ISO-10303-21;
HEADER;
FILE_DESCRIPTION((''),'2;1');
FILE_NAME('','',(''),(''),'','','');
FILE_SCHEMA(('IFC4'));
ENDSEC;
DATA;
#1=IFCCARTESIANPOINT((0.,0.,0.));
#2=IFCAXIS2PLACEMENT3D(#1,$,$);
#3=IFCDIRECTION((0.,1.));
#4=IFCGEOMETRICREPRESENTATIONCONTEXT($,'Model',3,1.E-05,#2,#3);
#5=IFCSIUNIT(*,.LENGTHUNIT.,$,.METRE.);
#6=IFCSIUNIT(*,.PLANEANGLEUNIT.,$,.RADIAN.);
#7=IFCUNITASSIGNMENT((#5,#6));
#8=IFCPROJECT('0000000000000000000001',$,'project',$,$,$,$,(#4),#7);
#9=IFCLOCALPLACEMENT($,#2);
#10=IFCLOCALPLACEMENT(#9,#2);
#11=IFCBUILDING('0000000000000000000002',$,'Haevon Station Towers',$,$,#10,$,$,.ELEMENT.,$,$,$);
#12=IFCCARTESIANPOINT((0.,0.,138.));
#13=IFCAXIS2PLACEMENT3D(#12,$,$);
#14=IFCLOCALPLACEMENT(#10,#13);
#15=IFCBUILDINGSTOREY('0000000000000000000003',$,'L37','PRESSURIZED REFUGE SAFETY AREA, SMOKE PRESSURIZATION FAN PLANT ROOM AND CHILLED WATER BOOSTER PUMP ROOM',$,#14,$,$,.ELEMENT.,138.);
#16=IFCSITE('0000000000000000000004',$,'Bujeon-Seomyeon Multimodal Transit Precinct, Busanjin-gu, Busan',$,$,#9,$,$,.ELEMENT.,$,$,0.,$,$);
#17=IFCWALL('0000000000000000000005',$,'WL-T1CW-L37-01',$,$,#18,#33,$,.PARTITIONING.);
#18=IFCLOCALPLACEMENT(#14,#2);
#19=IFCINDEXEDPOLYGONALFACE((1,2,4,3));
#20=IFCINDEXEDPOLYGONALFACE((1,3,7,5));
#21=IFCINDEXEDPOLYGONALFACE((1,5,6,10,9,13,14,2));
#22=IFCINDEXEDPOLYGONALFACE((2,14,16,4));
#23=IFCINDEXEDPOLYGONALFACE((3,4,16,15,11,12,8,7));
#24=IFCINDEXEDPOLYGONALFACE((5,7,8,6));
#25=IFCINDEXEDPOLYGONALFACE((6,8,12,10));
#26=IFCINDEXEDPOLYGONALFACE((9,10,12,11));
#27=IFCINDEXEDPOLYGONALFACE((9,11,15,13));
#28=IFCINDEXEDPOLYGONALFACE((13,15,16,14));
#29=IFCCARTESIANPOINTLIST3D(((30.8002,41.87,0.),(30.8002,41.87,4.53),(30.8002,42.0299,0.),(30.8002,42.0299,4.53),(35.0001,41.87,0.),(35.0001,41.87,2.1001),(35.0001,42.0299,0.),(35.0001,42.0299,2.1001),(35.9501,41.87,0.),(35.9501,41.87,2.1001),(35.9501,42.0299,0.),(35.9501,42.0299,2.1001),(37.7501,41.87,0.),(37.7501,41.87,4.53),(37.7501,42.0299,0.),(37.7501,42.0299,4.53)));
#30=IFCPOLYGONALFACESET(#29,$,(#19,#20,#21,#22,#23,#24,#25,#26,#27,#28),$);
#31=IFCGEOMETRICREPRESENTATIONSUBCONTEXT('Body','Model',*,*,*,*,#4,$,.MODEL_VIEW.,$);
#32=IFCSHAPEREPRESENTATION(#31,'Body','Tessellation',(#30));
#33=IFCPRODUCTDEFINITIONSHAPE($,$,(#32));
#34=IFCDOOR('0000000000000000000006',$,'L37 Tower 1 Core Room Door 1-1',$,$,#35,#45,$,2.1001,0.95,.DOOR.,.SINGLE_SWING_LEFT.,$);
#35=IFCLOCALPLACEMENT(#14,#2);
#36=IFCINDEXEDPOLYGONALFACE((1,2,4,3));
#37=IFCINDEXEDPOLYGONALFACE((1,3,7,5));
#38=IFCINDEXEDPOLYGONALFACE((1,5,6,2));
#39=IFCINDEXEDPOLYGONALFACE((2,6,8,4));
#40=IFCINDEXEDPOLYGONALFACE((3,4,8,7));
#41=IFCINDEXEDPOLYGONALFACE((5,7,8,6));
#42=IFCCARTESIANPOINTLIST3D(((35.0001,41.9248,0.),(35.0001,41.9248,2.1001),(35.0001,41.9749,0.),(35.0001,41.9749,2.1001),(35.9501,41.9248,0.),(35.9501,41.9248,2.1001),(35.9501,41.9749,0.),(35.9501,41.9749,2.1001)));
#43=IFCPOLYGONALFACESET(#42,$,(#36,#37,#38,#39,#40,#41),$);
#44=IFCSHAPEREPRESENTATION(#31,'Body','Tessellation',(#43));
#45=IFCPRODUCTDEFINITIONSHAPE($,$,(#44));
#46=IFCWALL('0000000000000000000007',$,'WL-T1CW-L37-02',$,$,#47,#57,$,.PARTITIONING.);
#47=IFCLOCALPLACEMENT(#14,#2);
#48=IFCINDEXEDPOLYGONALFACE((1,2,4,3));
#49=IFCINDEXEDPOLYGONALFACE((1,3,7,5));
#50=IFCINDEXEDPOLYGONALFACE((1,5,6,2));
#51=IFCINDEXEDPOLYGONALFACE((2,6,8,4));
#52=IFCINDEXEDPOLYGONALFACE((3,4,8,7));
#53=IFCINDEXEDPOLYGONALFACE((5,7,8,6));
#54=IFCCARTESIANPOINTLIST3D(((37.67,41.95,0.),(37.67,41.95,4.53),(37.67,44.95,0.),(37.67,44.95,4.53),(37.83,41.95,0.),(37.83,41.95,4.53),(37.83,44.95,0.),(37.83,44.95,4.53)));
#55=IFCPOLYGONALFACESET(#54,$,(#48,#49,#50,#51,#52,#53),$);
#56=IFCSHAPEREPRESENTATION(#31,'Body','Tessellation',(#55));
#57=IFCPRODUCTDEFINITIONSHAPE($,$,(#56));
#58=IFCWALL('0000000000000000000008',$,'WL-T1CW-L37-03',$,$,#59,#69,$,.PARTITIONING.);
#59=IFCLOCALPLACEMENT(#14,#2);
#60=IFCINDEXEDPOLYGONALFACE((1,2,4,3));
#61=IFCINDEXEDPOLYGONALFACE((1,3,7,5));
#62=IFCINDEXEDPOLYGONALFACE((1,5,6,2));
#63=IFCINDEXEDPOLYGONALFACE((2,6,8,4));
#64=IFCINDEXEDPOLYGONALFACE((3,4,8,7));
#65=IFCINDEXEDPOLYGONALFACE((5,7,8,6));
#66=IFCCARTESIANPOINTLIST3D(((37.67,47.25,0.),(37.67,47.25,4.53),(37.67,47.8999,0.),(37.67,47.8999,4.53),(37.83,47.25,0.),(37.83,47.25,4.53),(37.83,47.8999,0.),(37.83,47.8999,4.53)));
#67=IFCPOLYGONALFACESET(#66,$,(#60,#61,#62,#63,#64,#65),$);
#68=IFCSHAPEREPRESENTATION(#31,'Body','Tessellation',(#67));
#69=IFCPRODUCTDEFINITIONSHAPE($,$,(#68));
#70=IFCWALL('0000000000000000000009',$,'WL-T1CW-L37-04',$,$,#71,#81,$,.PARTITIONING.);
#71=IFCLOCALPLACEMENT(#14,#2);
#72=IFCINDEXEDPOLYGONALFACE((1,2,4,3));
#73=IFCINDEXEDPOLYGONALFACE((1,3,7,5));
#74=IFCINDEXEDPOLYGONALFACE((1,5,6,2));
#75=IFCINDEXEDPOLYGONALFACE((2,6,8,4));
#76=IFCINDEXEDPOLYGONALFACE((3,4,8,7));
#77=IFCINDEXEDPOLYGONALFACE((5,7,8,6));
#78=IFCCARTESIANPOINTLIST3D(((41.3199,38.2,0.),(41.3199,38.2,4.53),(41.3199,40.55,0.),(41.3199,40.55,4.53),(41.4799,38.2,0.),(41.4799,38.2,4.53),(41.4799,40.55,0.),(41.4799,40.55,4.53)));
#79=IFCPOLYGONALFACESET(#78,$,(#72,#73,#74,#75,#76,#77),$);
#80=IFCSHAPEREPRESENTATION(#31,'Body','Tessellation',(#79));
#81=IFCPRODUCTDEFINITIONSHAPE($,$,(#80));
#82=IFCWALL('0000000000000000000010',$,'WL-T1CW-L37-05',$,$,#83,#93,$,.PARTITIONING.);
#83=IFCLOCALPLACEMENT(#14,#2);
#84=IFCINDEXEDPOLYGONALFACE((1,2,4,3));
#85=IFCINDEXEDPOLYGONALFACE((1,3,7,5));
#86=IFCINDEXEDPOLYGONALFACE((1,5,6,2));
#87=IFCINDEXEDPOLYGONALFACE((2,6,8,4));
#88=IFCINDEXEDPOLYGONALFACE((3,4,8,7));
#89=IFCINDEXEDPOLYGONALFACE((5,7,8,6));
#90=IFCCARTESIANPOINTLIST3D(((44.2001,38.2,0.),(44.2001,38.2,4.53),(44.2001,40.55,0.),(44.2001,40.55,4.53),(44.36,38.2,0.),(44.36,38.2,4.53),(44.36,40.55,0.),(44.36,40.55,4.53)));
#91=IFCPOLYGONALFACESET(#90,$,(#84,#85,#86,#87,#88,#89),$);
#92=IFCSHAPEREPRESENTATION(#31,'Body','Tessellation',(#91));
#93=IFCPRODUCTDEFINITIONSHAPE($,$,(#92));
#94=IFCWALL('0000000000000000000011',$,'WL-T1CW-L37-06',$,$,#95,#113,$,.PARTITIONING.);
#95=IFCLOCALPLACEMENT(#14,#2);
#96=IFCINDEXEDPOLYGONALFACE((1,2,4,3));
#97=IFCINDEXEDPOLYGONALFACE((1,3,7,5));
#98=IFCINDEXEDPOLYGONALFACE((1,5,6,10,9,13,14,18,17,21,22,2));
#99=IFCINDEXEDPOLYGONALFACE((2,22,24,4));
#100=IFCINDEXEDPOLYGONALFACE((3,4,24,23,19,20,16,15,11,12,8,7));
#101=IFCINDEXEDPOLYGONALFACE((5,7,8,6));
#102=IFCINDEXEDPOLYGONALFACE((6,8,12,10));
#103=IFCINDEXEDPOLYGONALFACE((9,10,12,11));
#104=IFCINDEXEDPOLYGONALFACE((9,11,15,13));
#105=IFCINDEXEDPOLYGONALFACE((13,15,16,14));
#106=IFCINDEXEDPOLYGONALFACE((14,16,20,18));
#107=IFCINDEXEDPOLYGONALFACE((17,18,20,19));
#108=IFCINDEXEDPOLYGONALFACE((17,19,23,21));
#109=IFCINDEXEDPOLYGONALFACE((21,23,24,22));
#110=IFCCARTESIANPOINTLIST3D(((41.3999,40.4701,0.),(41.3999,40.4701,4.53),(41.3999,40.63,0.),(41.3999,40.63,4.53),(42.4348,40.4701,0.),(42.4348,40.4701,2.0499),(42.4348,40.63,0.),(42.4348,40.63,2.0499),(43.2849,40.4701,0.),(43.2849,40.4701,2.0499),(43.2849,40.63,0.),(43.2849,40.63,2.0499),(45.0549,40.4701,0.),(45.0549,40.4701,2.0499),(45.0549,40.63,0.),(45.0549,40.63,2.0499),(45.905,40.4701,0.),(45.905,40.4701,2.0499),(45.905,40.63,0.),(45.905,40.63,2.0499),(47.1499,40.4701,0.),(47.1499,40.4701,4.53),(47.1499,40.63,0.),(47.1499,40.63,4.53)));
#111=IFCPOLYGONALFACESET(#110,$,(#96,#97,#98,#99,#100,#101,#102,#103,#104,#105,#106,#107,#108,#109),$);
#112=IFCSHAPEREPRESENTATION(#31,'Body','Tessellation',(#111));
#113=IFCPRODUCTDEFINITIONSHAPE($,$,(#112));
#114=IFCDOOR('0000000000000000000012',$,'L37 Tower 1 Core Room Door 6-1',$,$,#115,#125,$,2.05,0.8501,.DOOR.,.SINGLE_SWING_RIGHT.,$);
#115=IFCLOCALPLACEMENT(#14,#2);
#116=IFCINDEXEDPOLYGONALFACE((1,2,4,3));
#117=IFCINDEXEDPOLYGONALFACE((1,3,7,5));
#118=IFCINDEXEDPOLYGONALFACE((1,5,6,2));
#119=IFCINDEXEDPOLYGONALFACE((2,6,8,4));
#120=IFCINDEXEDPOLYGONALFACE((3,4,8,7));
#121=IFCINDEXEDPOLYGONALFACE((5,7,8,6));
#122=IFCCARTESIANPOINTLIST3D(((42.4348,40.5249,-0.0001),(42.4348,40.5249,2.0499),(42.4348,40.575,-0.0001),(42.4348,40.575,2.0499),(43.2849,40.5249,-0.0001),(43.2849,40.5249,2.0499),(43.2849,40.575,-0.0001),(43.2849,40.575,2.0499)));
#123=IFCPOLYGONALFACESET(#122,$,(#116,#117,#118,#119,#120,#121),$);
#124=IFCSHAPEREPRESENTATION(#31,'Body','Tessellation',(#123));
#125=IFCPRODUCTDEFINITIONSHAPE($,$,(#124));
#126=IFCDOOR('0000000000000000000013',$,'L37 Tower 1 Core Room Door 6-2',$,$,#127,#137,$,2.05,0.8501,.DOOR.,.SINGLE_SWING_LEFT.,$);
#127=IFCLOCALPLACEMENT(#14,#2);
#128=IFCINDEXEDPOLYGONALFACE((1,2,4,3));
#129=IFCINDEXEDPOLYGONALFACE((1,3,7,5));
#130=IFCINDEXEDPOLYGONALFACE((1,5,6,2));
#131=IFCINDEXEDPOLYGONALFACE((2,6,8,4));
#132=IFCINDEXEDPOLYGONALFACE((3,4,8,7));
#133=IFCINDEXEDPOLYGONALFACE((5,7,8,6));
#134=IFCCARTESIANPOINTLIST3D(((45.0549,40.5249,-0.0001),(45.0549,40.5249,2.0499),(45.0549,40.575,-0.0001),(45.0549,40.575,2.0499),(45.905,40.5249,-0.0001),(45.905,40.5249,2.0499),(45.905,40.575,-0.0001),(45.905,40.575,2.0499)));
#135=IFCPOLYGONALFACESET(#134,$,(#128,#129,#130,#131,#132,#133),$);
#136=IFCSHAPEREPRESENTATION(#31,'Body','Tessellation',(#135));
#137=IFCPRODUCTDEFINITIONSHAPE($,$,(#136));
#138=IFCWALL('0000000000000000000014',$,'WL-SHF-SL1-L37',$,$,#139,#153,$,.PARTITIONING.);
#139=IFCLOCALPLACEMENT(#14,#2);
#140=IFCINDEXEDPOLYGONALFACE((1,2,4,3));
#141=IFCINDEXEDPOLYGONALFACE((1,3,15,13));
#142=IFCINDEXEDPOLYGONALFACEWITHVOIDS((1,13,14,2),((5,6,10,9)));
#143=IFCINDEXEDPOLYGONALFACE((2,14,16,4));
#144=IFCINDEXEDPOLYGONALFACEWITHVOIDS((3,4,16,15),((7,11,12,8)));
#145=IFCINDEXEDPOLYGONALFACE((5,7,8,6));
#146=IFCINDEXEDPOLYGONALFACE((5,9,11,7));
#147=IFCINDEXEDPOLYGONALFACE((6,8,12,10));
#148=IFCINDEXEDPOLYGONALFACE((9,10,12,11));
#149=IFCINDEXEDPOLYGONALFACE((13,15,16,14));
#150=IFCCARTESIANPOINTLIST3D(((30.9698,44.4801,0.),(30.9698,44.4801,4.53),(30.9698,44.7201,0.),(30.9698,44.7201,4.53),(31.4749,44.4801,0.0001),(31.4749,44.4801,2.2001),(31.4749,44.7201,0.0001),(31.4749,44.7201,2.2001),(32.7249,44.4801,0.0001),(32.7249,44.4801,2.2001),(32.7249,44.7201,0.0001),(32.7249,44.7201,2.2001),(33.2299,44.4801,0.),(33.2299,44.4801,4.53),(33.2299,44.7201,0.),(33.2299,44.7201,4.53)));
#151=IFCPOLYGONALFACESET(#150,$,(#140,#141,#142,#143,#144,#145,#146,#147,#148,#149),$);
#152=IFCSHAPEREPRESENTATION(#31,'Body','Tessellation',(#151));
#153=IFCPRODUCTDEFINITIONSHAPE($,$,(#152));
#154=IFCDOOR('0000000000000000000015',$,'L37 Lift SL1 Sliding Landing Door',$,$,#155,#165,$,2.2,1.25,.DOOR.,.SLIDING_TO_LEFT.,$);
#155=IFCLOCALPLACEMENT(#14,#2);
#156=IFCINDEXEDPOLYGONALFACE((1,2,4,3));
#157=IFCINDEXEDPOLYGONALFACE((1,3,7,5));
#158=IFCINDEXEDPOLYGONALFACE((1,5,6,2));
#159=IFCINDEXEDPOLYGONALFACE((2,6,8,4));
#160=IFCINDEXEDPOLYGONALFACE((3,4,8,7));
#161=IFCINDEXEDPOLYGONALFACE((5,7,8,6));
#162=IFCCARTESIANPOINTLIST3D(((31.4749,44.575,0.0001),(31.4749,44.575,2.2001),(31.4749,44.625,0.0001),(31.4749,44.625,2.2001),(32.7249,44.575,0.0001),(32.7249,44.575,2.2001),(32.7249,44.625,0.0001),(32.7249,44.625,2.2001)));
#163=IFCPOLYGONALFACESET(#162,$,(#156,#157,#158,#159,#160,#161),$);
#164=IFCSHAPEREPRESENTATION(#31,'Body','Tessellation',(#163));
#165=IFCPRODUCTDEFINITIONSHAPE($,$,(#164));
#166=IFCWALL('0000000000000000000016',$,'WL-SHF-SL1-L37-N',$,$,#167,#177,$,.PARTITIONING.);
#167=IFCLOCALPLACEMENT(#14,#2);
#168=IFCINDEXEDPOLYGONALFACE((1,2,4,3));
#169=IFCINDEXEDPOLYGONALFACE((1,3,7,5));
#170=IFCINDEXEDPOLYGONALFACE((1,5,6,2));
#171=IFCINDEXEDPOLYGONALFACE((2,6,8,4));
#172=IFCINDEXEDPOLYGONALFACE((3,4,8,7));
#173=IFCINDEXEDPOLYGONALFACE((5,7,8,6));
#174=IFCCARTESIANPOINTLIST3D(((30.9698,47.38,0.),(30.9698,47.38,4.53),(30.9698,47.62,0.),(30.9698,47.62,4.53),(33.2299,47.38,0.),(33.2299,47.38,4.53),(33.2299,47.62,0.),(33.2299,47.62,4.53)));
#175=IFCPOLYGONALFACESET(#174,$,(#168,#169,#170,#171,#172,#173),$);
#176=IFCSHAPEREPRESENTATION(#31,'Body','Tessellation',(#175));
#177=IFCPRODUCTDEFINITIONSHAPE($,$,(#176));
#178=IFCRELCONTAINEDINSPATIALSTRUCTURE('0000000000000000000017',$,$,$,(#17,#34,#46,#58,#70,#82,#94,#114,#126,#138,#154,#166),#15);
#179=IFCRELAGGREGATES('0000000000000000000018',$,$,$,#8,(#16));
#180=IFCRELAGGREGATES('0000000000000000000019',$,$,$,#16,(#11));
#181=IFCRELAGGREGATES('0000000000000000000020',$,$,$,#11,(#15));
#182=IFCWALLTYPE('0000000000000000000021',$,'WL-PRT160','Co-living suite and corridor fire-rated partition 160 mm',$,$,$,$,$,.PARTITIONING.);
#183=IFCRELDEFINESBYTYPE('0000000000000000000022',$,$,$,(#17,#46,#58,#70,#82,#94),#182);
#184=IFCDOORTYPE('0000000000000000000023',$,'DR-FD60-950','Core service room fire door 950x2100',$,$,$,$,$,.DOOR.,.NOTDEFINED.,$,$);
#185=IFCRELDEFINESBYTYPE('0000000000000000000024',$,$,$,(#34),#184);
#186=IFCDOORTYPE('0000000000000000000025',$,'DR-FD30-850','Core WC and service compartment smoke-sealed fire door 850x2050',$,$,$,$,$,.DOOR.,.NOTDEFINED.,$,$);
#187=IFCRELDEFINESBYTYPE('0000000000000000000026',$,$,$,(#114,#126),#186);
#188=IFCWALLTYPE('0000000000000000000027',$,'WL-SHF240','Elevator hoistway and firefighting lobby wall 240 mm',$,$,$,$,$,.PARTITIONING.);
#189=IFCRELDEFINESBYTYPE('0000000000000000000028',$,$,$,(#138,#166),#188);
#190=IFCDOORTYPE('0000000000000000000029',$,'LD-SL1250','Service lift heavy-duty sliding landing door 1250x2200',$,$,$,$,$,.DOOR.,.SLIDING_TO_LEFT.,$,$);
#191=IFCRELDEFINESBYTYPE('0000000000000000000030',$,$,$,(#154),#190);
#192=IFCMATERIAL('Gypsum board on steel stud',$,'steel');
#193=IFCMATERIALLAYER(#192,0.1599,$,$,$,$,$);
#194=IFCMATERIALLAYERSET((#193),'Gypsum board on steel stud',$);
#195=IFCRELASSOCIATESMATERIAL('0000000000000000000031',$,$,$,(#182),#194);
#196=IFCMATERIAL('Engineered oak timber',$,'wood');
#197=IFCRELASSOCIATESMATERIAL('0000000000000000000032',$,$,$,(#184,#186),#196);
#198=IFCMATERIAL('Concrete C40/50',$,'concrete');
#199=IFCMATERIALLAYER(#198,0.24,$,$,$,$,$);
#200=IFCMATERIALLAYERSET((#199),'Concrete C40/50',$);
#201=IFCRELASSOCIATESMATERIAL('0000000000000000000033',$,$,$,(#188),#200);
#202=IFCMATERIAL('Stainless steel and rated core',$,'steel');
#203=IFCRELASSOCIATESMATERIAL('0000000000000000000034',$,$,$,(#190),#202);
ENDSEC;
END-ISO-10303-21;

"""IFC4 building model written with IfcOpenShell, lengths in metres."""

from ifc_helpers import new_model, si_unit, direction, frame, frame_2d, origin, place, context, subcontext, project, spatial, rectangle, extrude, material, layer, layer_set, type_object, element, fill, save


model = new_model("IFC4")

# Units and contexts
model_context = context("Model", 3, precision=1e-05, world=origin(), true_north=direction((0.0, 1.0)))
body_context = subcontext(model_context, "Body", "Model", "MODEL_VIEW")
ifc_project = project(units=[si_unit("LENGTHUNIT", "METRE"), si_unit("PLANEANGLEUNIT", "RADIAN")], contexts=[model_context])

# Site, building, storey
site_placement = place(None, origin())
site = spatial("IfcSite", under=ifc_project, at=site_placement, Name="Bujeon-Seomyeon Multimodal Transit Precinct, Busanjin-gu, Busan", CompositionType="ELEMENT", RefElevation=0.0)
building_placement = place(site_placement, origin())
building = spatial("IfcBuilding", under=site, at=building_placement, Name="Haevon Station Towers", CompositionType="ELEMENT")
storey_placement = place(building_placement, frame((0.0, 0.0, 138.0)))
storey = spatial("IfcBuildingStorey", under=building, at=storey_placement, Name="L37", Description="PRESSURIZED REFUGE SAFETY AREA, SMOKE PRESSURIZATION FAN PLANT ROOM AND CHILLED WATER BOOSTER PUMP ROOM", CompositionType="ELEMENT", Elevation=138.0)

# Wall, opening, door
ifc_material_1 = material(Name="Gypsum board on steel stud", Category="steel")
ifc_layer_1 = layer(ifc_material_1, 0.1599)
ifc_layer_set_1 = layer_set([ifc_layer_1], Name="Gypsum board on steel stud")
wall_type_1 = type_object("IfcWallType", Name="WL-PRT160", Description="Co-living suite and corridor fire-rated partition 160 mm", PredefinedType="PARTITIONING", material=ifc_layer_set_1)
wall_1_placement = place(storey_placement, frame((30.8, 41.95, 0.0), z_axis=(0.0, 0.0, 1.0), x_axis=(1.0, 0.0, 0.0)))
wall_1 = element("IfcWall", 1, at=wall_1_placement, inside=storey, type_object=wall_type_1, Name="WL-T1CW-L37-01", PredefinedType="PARTITIONING", context=body_context, shape_type="SweptSolid", body=[
    extrude(rectangle(XDim=6.95, YDim=0.1599, at=frame_2d((3.4751, 0.0))), origin(), (0.0, 0.0, 1.0), 4.53),
])
opening_1_placement = place(wall_1_placement, frame((4.2, 0.0, 0.0)))
opening_1 = element("IfcOpeningElement", 2, at=opening_1_placement, cuts=wall_1, PredefinedType="OPENING", context=body_context, shape_type="SweptSolid", body=[
    extrude(rectangle(XDim=0.95, YDim=2.1001, at=frame_2d((0.4751, 1.05))), frame((0.0, 0.0898, 0.0), z_axis=(0.0, -1.0, 0.0), x_axis=(1.0, 0.0, 0.0)), (0.0, 0.0, 1.0), 0.1799),
])
ifc_material_2 = material(Name="Engineered oak timber", Category="wood")
door_type_1 = type_object("IfcDoorType", Name="DR-FD60-950", Description="Core service room fire door 950x2100", OperationType="NOTDEFINED", PredefinedType="DOOR", material=ifc_material_2)
door_1_placement = place(opening_1_placement, origin())
door_1 = element("IfcDoor", 3, at=door_1_placement, inside=storey, type_object=door_type_1, Name="L37 Tower 1 Core Room Door 1-1", OperationType="SINGLE_SWING_LEFT", OverallHeight=2.1001, OverallWidth=0.95, PredefinedType="DOOR", context=body_context, shape_type="SweptSolid", body=[
    extrude(rectangle(XDim=0.95, YDim=2.1001, at=frame_2d((0.4751, 1.05))), frame((0.0, 0.0249, 0.0), z_axis=(0.0, -1.0, 0.0), x_axis=(1.0, 0.0, 0.0)), (0.0, 0.0, 1.0), 0.05),
])
fill(opening_1, door_1)

# Walls
wall_2_placement = place(storey_placement, frame((37.75, 41.95, 0.0), z_axis=(0.0, 0.0, 1.0), x_axis=(0.0, 1.0, 0.0)))
element("IfcWall", 4, at=wall_2_placement, inside=storey, type_object=wall_type_1, Name="WL-T1CW-L37-02", PredefinedType="PARTITIONING", context=body_context, shape_type="SweptSolid", body=[
    extrude(rectangle(XDim=3.0, YDim=0.1599, at=frame_2d((1.5, 0.0))), origin(), (0.0, 0.0, 1.0), 4.53),
])
wall_3_placement = place(storey_placement, frame((37.75, 47.25, 0.0), z_axis=(0.0, 0.0, 1.0), x_axis=(0.0, 1.0, 0.0)))
element("IfcWall", 5, at=wall_3_placement, inside=storey, type_object=wall_type_1, Name="WL-T1CW-L37-03", PredefinedType="PARTITIONING", context=body_context, shape_type="SweptSolid", body=[
    extrude(rectangle(XDim=0.6499, YDim=0.1599, at=frame_2d((0.325, 0.0))), origin(), (0.0, 0.0, 1.0), 4.53),
])
for number, where, z_axis, x_axis, name in (
    (6, (41.3999, 38.2, 0.0), (0.0, 0.0, 1.0), (0.0, 1.0, 0.0), "WL-T1CW-L37-04"),
    (7, (44.28, 38.2, 0.0), (0.0, 0.0, 1.0), (0.0, 1.0, 0.0), "WL-T1CW-L37-05"),
):
    element("IfcWall", number, at=place(storey_placement, frame(where, z_axis=z_axis, x_axis=x_axis)), inside=storey, type_object=wall_type_1, Name=name, PredefinedType="PARTITIONING", context=body_context, shape_type="SweptSolid", body=[
        extrude(rectangle(XDim=2.3501, YDim=0.1599, at=frame_2d((1.175, 0.0))), origin(), (0.0, 0.0, 1.0), 4.53),
    ])

# Wall, openings, doors
wall_4_placement = place(storey_placement, frame((41.3999, 40.55, 0.0), z_axis=(0.0, 0.0, 1.0), x_axis=(1.0, 0.0, 0.0)))
wall_4 = element("IfcWall", 8, at=wall_4_placement, inside=storey, type_object=wall_type_1, Name="WL-T1CW-L37-06", PredefinedType="PARTITIONING", context=body_context, shape_type="SweptSolid", body=[
    extrude(rectangle(XDim=5.75, YDim=0.1599, at=frame_2d((2.875, 0.0))), origin(), (0.0, 0.0, 1.0), 4.53),
])
opening_2_placement = place(wall_4_placement, frame((1.0349, 0.0, 0.0)))
opening_2 = element("IfcOpeningElement", 9, at=opening_2_placement, cuts=wall_4, PredefinedType="OPENING", context=body_context, shape_type="SweptSolid", body=[
    extrude(rectangle(XDim=0.8501, YDim=2.05, at=frame_2d((0.425, 1.0249))), frame((0.0, 0.0898, 0.0), z_axis=(0.0, -1.0, 0.0), x_axis=(1.0, 0.0, 0.0)), (0.0, 0.0, 1.0), 0.1799),
])
opening_3_placement = place(wall_4_placement, frame((3.655, 0.0, 0.0)))
opening_3 = element("IfcOpeningElement", 10, at=opening_3_placement, cuts=wall_4, PredefinedType="OPENING", context=body_context, shape_type="SweptSolid", body=[
    extrude(rectangle(XDim=0.8501, YDim=2.05, at=frame_2d((0.425, 1.0249))), frame((0.0, 0.0898, 0.0), z_axis=(0.0, -1.0, 0.0), x_axis=(1.0, 0.0, 0.0)), (0.0, 0.0, 1.0), 0.1799),
])
door_type_2 = type_object("IfcDoorType", Name="DR-FD30-850", Description="Core WC and service compartment smoke-sealed fire door 850x2050", OperationType="NOTDEFINED", PredefinedType="DOOR", material=ifc_material_2)
door_2_placement = place(opening_2_placement, origin())
door_2 = element("IfcDoor", 11, at=door_2_placement, inside=storey, type_object=door_type_2, Name="L37 Tower 1 Core Room Door 6-1", OperationType="SINGLE_SWING_RIGHT", OverallHeight=2.05, OverallWidth=0.8501, PredefinedType="DOOR", context=body_context, shape_type="SweptSolid", body=[
    extrude(rectangle(XDim=0.8501, YDim=2.05, at=frame_2d((0.425, 1.0249))), frame((0.0, 0.0249, 0.0), z_axis=(0.0, -1.0, 0.0), x_axis=(1.0, 0.0, 0.0)), (0.0, 0.0, 1.0), 0.05),
])
fill(opening_2, door_2)
door_3_placement = place(opening_3_placement, origin())
door_3 = element("IfcDoor", 12, at=door_3_placement, inside=storey, type_object=door_type_2, Name="L37 Tower 1 Core Room Door 6-2", OperationType="SINGLE_SWING_LEFT", OverallHeight=2.05, OverallWidth=0.8501, PredefinedType="DOOR", context=body_context, shape_type="SweptSolid", body=[
    extrude(rectangle(XDim=0.8501, YDim=2.05, at=frame_2d((0.425, 1.0249))), frame((0.0, 0.0249, 0.0), z_axis=(0.0, -1.0, 0.0), x_axis=(1.0, 0.0, 0.0)), (0.0, 0.0, 1.0), 0.05),
])
fill(opening_3, door_3)

# Wall, opening, door
ifc_material_3 = material(Name="Concrete C40/50", Category="concrete")
ifc_layer_2 = layer(ifc_material_3, 0.24)
ifc_layer_set_2 = layer_set([ifc_layer_2], Name="Concrete C40/50")
wall_type_2 = type_object("IfcWallType", Name="WL-SHF240", Description="Elevator hoistway and firefighting lobby wall 240 mm", PredefinedType="PARTITIONING", material=ifc_layer_set_2)
wall_5_placement = place(storey_placement, frame((30.97, 44.6001, 0.0), z_axis=(0.0, 0.0, 1.0), x_axis=(1.0, 0.0, 0.0)))
wall_5 = element("IfcWall", 13, at=wall_5_placement, inside=storey, type_object=wall_type_2, Name="WL-SHF-SL1-L37", PredefinedType="PARTITIONING", context=body_context, shape_type="SweptSolid", body=[
    extrude(rectangle(XDim=2.26, YDim=0.24, at=frame_2d((1.1299, 0.0))), origin(), (0.0, 0.0, 1.0), 4.53),
])
opening_4_placement = place(wall_5_placement, frame((0.5049, 0.0, 0.0)))
opening_4 = element("IfcOpeningElement", 14, at=opening_4_placement, cuts=wall_5, PredefinedType="OPENING", context=body_context, shape_type="SweptSolid", body=[
    extrude(rectangle(XDim=1.25, YDim=2.2, at=frame_2d((0.625, 1.1001))), frame((0.0, 0.1299, 0.0), z_axis=(0.0, -1.0, 0.0), x_axis=(1.0, 0.0, 0.0)), (0.0, 0.0, 1.0), 0.26),
])
ifc_material_4 = material(Name="Stainless steel and rated core", Category="steel")
door_type_3 = type_object("IfcDoorType", Name="LD-SL1250", Description="Service lift heavy-duty sliding landing door 1250x2200", OperationType="SLIDING_TO_LEFT", PredefinedType="DOOR", material=ifc_material_4)
door_4_placement = place(opening_4_placement, origin())
door_4 = element("IfcDoor", 15, at=door_4_placement, inside=storey, type_object=door_type_3, Name="L37 Lift SL1 Sliding Landing Door", OperationType="SLIDING_TO_LEFT", OverallHeight=2.2, OverallWidth=1.25, PredefinedType="DOOR", context=body_context, shape_type="SweptSolid", body=[
    extrude(rectangle(XDim=1.25, YDim=2.2, at=frame_2d((0.625, 1.1001))), frame((0.0, 0.0249, 0.0), z_axis=(0.0, -1.0, 0.0), x_axis=(1.0, 0.0, 0.0)), (0.0, 0.0, 1.0), 0.05),
])
fill(opening_4, door_4)

# Wall
wall_6_placement = place(storey_placement, frame((30.97, 47.5, 0.0), z_axis=(0.0, 0.0, 1.0), x_axis=(1.0, 0.0, 0.0)))
element("IfcWall", 16, at=wall_6_placement, inside=storey, type_object=wall_type_2, Name="WL-SHF-SL1-L37-N", PredefinedType="PARTITIONING", context=body_context, shape_type="SweptSolid", body=[
    extrude(rectangle(XDim=2.26, YDim=0.24, at=frame_2d((1.1299, 0.0))), origin(), (0.0, 0.0, 1.0), 4.53),
])

save(model, "model.ifc")
